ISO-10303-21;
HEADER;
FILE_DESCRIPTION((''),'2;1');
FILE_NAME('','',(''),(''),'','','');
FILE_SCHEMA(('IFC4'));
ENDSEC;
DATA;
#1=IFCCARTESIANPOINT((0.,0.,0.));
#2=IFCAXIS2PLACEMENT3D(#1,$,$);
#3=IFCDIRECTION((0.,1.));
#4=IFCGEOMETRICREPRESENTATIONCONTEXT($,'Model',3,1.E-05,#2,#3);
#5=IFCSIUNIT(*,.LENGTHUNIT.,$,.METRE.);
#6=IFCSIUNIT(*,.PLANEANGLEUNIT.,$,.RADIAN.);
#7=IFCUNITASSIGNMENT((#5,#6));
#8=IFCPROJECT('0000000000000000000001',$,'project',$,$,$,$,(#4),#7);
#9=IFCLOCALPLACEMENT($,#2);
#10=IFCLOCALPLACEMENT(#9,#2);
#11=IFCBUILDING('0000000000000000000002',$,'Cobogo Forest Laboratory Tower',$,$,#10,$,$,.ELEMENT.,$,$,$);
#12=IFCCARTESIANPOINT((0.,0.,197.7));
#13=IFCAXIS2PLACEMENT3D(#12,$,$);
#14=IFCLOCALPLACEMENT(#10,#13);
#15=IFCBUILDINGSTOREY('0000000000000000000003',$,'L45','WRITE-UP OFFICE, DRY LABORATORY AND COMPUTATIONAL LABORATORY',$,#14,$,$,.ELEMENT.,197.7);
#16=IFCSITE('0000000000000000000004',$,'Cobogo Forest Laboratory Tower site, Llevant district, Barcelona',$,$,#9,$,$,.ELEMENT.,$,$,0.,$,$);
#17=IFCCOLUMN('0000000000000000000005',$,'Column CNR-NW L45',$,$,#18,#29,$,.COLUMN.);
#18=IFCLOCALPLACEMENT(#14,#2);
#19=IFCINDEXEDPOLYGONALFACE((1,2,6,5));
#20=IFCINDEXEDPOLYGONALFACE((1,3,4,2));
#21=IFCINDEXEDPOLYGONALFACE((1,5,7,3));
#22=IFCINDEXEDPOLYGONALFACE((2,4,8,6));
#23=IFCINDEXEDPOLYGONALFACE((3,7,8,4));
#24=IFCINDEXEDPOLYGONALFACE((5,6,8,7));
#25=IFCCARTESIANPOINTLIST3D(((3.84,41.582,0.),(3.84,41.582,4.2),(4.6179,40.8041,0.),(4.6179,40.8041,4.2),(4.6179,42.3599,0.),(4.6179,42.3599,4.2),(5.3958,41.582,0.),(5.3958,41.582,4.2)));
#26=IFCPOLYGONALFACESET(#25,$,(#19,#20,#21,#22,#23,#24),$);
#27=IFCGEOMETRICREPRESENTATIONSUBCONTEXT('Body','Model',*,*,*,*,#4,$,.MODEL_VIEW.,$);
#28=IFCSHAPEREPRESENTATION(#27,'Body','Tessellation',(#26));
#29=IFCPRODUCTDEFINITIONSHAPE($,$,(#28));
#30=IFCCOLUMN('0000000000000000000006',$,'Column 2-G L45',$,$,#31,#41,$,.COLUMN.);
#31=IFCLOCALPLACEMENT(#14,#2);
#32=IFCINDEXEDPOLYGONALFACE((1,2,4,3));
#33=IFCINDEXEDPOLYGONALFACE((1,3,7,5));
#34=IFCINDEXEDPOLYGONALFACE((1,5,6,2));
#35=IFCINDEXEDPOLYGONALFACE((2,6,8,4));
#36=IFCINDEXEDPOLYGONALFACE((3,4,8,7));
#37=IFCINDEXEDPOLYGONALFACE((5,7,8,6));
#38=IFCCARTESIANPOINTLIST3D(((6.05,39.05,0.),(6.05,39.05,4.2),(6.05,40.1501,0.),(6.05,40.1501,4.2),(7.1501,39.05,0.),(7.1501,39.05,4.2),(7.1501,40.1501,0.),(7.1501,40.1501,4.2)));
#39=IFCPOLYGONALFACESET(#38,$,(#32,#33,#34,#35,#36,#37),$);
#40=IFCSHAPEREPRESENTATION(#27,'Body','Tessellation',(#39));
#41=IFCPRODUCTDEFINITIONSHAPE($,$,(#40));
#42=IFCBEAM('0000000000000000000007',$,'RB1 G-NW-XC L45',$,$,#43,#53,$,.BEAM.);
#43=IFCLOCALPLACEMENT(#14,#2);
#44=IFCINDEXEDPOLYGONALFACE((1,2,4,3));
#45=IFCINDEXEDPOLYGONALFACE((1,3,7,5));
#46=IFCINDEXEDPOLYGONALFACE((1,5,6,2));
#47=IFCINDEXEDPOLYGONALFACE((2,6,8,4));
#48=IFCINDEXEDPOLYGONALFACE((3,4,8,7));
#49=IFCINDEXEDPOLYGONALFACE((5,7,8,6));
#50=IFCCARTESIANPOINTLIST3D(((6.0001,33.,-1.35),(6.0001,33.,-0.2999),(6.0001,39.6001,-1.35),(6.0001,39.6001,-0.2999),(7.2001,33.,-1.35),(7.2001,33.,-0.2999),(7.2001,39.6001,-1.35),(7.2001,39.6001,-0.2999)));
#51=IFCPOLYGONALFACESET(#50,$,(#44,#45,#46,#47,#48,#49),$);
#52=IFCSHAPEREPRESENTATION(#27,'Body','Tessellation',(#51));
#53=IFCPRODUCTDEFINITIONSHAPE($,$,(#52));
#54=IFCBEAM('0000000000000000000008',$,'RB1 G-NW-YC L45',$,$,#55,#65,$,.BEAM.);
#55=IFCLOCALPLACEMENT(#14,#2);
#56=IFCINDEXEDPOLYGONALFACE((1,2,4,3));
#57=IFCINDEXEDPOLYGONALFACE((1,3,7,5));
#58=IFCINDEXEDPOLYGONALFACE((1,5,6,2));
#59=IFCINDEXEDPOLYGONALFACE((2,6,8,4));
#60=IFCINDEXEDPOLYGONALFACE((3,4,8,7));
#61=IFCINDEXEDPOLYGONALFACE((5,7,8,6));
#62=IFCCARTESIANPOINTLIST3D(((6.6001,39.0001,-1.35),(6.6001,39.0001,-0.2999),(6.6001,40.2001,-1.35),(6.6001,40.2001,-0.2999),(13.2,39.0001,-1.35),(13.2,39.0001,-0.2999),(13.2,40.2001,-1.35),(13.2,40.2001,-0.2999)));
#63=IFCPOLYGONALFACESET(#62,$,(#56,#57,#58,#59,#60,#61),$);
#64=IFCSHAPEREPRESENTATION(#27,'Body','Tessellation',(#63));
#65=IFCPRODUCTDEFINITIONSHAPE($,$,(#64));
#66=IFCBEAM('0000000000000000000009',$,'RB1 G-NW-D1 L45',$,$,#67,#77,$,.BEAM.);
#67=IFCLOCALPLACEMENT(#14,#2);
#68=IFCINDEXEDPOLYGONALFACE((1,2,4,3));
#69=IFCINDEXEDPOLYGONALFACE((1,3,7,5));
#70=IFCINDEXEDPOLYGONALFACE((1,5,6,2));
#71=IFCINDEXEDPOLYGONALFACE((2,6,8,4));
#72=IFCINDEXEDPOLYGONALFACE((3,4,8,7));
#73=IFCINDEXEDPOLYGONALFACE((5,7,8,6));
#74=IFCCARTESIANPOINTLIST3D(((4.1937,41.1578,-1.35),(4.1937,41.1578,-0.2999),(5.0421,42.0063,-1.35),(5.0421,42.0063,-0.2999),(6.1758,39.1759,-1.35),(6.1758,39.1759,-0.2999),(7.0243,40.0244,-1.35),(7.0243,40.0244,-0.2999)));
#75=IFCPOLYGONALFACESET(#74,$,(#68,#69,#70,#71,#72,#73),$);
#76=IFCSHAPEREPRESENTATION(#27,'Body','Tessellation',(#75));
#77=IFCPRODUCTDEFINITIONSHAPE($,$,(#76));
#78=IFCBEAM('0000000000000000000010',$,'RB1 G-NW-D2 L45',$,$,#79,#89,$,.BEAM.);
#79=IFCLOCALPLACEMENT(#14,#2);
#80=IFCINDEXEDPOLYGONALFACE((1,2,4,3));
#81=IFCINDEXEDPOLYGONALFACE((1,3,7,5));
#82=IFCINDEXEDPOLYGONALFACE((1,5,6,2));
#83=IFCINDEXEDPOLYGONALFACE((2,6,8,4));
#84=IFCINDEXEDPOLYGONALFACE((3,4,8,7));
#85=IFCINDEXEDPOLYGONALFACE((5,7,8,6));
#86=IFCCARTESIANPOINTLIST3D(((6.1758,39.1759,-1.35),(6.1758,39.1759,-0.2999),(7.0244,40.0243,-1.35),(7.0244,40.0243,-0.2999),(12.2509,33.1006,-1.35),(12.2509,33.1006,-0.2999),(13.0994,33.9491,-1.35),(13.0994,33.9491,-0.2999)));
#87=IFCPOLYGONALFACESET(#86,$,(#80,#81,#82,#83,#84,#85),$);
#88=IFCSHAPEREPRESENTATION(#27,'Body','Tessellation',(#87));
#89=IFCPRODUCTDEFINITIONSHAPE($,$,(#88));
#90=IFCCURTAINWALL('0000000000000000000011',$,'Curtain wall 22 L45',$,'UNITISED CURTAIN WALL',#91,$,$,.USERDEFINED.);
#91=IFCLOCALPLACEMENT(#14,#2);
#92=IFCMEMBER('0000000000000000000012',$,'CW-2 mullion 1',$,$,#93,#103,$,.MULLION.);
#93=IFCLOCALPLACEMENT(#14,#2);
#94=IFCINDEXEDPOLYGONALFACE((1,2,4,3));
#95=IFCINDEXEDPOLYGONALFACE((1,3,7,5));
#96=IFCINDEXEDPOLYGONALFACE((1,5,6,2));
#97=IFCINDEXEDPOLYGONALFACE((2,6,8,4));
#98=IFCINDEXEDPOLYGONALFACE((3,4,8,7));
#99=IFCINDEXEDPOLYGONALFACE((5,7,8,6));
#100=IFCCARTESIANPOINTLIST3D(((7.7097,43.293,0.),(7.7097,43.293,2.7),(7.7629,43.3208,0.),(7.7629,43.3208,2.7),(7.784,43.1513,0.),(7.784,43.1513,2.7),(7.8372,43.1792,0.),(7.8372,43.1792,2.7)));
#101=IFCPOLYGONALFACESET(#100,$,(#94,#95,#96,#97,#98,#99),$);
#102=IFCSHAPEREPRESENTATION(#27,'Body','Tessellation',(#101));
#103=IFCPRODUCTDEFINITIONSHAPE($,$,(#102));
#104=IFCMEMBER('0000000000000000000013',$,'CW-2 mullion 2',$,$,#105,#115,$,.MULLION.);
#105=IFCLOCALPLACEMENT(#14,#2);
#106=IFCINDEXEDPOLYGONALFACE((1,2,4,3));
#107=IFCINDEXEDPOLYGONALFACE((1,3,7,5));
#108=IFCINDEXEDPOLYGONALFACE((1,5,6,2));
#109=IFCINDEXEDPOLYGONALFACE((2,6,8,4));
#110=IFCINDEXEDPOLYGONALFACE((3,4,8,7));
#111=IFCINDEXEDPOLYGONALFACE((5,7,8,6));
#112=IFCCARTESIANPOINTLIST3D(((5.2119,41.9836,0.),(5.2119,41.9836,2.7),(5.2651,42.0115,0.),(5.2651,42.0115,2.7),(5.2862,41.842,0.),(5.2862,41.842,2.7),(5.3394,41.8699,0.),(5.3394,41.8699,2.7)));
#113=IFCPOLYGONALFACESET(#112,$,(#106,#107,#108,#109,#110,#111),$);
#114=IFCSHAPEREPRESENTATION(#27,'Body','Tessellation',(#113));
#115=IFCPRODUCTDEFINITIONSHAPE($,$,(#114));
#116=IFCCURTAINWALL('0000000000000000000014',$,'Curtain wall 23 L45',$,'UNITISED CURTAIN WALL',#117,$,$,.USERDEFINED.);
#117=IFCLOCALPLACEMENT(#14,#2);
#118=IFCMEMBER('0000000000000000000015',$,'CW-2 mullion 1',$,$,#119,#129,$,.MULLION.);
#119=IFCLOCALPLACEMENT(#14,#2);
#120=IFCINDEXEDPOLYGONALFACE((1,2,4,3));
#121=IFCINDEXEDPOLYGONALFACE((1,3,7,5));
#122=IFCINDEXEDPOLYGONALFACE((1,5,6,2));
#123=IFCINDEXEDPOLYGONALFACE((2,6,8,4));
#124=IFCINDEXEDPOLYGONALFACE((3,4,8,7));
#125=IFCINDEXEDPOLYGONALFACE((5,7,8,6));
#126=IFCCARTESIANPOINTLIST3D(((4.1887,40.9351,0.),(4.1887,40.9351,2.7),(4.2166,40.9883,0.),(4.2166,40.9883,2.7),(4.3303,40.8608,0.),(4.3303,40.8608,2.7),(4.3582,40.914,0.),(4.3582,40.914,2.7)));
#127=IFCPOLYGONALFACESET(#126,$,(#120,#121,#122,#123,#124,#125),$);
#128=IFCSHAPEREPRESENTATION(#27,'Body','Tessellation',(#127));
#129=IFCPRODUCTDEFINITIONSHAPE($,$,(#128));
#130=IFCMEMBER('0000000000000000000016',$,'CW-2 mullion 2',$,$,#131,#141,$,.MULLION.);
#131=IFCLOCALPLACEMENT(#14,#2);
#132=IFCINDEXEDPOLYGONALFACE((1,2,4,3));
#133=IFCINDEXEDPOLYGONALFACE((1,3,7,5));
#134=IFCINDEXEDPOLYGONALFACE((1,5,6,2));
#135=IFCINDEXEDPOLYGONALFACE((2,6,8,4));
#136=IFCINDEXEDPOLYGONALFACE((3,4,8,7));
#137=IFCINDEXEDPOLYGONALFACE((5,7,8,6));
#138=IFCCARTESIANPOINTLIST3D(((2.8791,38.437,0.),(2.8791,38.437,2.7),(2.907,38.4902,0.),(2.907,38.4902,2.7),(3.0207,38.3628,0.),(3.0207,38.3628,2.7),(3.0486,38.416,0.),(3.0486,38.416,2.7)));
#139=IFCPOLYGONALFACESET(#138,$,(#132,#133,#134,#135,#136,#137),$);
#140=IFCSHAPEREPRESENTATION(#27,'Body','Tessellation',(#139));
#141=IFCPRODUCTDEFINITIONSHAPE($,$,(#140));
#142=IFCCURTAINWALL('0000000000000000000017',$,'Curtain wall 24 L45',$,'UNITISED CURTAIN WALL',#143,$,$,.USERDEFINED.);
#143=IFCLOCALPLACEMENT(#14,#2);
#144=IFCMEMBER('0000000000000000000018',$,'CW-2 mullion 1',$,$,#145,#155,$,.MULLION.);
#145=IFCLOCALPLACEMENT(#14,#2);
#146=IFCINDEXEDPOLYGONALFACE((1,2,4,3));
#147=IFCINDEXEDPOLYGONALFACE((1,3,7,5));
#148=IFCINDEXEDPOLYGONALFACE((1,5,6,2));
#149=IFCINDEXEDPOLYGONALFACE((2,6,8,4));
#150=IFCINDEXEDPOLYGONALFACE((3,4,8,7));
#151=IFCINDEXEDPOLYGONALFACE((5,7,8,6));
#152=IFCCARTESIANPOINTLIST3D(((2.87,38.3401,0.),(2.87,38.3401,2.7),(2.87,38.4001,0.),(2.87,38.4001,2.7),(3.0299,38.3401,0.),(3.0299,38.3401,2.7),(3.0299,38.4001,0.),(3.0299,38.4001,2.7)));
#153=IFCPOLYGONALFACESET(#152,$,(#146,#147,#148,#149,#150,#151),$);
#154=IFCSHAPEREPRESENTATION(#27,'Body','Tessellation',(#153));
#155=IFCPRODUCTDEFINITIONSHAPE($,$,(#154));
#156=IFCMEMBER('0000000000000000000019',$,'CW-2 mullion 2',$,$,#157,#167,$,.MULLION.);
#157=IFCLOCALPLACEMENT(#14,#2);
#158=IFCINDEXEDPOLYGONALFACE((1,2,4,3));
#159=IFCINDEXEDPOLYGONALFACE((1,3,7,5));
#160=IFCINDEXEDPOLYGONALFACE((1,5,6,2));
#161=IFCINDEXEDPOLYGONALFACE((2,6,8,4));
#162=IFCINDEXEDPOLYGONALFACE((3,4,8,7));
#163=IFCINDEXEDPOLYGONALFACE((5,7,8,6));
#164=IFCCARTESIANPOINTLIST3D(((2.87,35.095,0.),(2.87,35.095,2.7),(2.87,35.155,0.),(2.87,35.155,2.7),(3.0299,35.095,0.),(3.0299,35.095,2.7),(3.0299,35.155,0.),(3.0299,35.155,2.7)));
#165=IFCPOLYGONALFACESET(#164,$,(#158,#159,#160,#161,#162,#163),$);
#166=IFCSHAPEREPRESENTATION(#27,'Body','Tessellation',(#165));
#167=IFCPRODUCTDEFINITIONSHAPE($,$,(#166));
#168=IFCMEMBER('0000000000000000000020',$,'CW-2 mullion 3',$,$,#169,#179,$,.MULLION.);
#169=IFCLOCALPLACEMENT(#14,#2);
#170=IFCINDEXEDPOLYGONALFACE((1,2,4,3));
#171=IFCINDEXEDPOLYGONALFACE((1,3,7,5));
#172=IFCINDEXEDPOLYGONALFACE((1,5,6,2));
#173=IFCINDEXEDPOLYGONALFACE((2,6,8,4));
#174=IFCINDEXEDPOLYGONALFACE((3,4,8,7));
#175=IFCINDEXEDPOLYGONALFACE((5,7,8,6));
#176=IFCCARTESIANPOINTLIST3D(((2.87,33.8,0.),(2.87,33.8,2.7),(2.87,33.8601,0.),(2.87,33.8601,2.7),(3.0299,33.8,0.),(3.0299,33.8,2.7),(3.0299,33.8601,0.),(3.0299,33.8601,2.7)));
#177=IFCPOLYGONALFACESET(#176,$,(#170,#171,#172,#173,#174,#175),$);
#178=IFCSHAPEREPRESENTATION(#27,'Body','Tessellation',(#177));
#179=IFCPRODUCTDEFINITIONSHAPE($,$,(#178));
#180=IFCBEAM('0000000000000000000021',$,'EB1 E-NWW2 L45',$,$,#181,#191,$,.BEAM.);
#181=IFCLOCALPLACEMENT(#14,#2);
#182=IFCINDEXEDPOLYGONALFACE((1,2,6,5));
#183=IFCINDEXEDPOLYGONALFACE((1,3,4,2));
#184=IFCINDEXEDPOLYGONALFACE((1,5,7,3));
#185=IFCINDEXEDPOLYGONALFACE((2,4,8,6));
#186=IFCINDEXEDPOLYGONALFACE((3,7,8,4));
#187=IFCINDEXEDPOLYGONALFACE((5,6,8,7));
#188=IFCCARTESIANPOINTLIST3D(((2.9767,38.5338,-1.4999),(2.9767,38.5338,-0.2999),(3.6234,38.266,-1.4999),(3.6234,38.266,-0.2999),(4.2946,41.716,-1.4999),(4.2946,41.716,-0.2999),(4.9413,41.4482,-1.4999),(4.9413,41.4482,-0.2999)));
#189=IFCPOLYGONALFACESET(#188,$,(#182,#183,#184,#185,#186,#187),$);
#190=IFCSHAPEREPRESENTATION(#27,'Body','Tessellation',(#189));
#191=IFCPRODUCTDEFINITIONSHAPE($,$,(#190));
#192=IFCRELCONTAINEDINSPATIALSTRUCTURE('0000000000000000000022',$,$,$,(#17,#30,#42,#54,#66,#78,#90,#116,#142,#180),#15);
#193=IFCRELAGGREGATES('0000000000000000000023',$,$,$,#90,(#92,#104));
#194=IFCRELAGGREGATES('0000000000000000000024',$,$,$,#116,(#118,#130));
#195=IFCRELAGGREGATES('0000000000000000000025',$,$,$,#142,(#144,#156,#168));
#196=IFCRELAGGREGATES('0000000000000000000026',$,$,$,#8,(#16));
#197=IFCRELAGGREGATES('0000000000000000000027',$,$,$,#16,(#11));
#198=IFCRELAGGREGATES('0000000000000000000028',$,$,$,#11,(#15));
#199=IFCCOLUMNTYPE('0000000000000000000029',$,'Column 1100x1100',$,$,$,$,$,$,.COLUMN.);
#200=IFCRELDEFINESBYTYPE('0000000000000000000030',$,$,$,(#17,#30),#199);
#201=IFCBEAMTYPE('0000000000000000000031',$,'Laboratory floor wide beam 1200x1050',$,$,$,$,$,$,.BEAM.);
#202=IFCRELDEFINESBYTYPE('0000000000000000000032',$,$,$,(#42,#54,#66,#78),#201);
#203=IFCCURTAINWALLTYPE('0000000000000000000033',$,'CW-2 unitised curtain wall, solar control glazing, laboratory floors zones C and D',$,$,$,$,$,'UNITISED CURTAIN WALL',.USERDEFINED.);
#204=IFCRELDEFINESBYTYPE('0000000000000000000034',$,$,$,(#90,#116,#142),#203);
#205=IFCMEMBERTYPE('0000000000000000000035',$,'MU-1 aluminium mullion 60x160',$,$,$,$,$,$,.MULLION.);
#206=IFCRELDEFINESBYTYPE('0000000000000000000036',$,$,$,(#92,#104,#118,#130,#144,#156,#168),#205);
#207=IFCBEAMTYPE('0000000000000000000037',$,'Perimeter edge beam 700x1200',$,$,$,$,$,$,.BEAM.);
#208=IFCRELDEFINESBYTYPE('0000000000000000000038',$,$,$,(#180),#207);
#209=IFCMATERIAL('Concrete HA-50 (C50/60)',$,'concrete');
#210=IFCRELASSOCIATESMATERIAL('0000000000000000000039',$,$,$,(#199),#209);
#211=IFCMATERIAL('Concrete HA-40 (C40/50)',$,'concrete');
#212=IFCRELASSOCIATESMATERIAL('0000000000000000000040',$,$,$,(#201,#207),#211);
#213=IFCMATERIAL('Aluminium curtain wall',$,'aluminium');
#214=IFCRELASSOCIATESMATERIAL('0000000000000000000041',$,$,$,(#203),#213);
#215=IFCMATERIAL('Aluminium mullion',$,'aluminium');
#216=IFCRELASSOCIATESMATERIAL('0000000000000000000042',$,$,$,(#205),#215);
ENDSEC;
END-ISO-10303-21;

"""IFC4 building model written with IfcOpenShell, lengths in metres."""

from ifc_helpers import new_model, si_unit, direction, frame, origin, origin_2d, place, context, subcontext, project, spatial, rectangle, extrude, material, material_profile, profile_set, type_object, element, aggregate, save


model = new_model("IFC4")

# Units and contexts
model_context = context("Model", 3, precision=1e-05, world=origin(), true_north=direction((0.0, 1.0)))
body_context = subcontext(model_context, "Body", "Model", "MODEL_VIEW")
ifc_project = project(units=[si_unit("LENGTHUNIT", "METRE"), si_unit("PLANEANGLEUNIT", "RADIAN")], contexts=[model_context])

# Site, building, storey
site_placement = place(None, origin())
site = spatial("IfcSite", under=ifc_project, at=site_placement, Name="Cobogo Forest Laboratory Tower site, Llevant district, Barcelona", CompositionType="ELEMENT", RefElevation=0.0)
building_placement = place(site_placement, origin())
building = spatial("IfcBuilding", under=site, at=building_placement, Name="Cobogo Forest Laboratory Tower", CompositionType="ELEMENT")
storey_placement = place(building_placement, frame((0.0, 0.0, 197.7)))
storey = spatial("IfcBuildingStorey", under=building, at=storey_placement, Name="L45", Description="WRITE-UP OFFICE, DRY LABORATORY AND COMPUTATIONAL LABORATORY", CompositionType="ELEMENT", Elevation=197.7)

# Columns
ifc_material_1 = material(Name="Concrete HA-50 (C50/60)", Category="concrete")
ifc_material_profile_1 = material_profile(ifc_material_1, rectangle(XDim=1.1001, YDim=1.1001, at=origin_2d()), Name="RC 1100x1100")
ifc_profile_set_1 = profile_set([ifc_material_profile_1], Name="Concrete HA-50 (C50/60)")
column_type = type_object("IfcColumnType", Name="Column 1100x1100", PredefinedType="COLUMN", material=ifc_profile_set_1)
for number, where, z_axis, x_axis, name in (
    (1, (4.6179, 41.582, 0.0), (0.0, 0.0, 1.0), (0.707107, 0.707107, 0.0), "Column CNR-NW L45"),
    (2, (6.6001, 39.6001, 0.0), (0.0, 0.0, 1.0), (1.0, 0.0, 0.0), "Column 2-G L45"),
):
    element("IfcColumn", number, at=place(storey_placement, frame(where, z_axis=z_axis, x_axis=x_axis)), inside=storey, type_object=column_type, Name=name, PredefinedType="COLUMN", context=body_context, shape_type="SweptSolid", body=[
        extrude(rectangle(XDim=1.1001, YDim=1.1001, at=origin_2d()), origin(), (0.0, 0.0, 1.0), 4.2),
    ])

# Beams
ifc_material_2 = material(Name="Concrete HA-40 (C40/50)", Category="concrete")
ifc_material_profile_2 = material_profile(ifc_material_2, rectangle(XDim=1.2, YDim=1.05, at=origin_2d()), Name="RC 1200x1050")
ifc_profile_set_2 = profile_set([ifc_material_profile_2], Name="Concrete HA-40 (C40/50)")
beam_type_1 = type_object("IfcBeamType", Name="Laboratory floor wide beam 1200x1050", PredefinedType="BEAM", material=ifc_profile_set_2)
beam_1_placement = place(storey_placement, frame((6.6001, 39.6001, -0.825), z_axis=(0.0, -1.0, 0.0), x_axis=(1.0, 0.0, 0.0)))
element("IfcBeam", 3, at=beam_1_placement, inside=storey, type_object=beam_type_1, Name="RB1 G-NW-XC L45", PredefinedType="BEAM", context=body_context, shape_type="SweptSolid", body=[
    extrude(rectangle(XDim=1.2, YDim=1.05, at=origin_2d()), origin(), (0.0, 0.0, 1.0), 6.6001),
])
beam_2_placement = place(storey_placement, frame((6.6001, 39.6001, -0.825), z_axis=(1.0, 0.0, 0.0), x_axis=(0.0, 1.0, 0.0)))
element("IfcBeam", 4, at=beam_2_placement, inside=storey, type_object=beam_type_1, Name="RB1 G-NW-YC L45", PredefinedType="BEAM", context=body_context, shape_type="SweptSolid", body=[
    extrude(rectangle(XDim=1.2, YDim=1.05, at=origin_2d()), origin(), (0.0, 0.0, 1.0), 6.5999),
])
beam_3_placement = place(storey_placement, frame((4.6179, 41.582, -0.825), z_axis=(0.70715, -0.707063, 0.0), x_axis=(0.707063, 0.70715, 0.0)))
element("IfcBeam", 5, at=beam_3_placement, inside=storey, type_object=beam_type_1, Name="RB1 G-NW-D1 L45", PredefinedType="BEAM", context=body_context, shape_type="SweptSolid", body=[
    extrude(rectangle(XDim=1.2, YDim=1.05, at=origin_2d()), origin(), (0.0, 0.0, 1.0), 2.803),
])
beam_4_placement = place(storey_placement, frame((6.6001, 39.6001, -0.825), z_axis=(0.707093, -0.707121, 0.0), x_axis=(0.707121, 0.707093, 0.0)))
element("IfcBeam", 6, at=beam_4_placement, inside=storey, type_object=beam_type_1, Name="RB1 G-NW-D2 L45", PredefinedType="BEAM", context=body_context, shape_type="SweptSolid", body=[
    extrude(rectangle(XDim=1.2, YDim=1.05, at=origin_2d()), origin(), (0.0, 0.0, 1.0), 8.5916),
])

# Curtain walls, members
ifc_material_3 = material(Name="Aluminium curtain wall", Category="aluminium")
curtain_wall_type = type_object("IfcCurtainWallType", Name="CW-2 unitised curtain wall, solar control glazing, laboratory floors zones C and D", ElementType="UNITISED CURTAIN WALL", PredefinedType="USERDEFINED", material=ifc_material_3)
curtain_wall_1_placement = place(storey_placement, origin())
curtain_wall_1 = element("IfcCurtainWall", 7, at=curtain_wall_1_placement, inside=storey, type_object=curtain_wall_type, Name="Curtain wall 22 L45", ObjectType="UNITISED CURTAIN WALL", PredefinedType="USERDEFINED")
ifc_material_4 = material(Name="Aluminium mullion", Category="aluminium")
ifc_material_profile_3 = material_profile(ifc_material_4, rectangle(XDim=0.0601, YDim=0.1599, at=origin_2d()), Name="AL 60x160")
ifc_profile_set_3 = profile_set([ifc_material_profile_3], Name="Aluminium mullion")
member_type_1 = type_object("IfcMemberType", Name="MU-1 aluminium mullion 60x160", PredefinedType="MULLION", material=ifc_profile_set_3)
member_1_placement = place(storey_placement, frame((7.7734, 43.2361, 0.0), z_axis=(0.0, 0.0, 1.0), x_axis=(-0.885686, -0.464284, 0.0)))
member_1 = element("IfcMember", 8, at=member_1_placement, type_object=member_type_1, Name="CW-2 mullion 1", PredefinedType="MULLION", context=body_context, shape_type="SweptSolid", body=[
    extrude(rectangle(XDim=0.0601, YDim=0.1599, at=origin_2d()), origin(), (0.0, 0.0, 1.0), 2.7),
])
member_2_placement = place(storey_placement, frame((5.2756, 41.9268, 0.0), z_axis=(0.0, 0.0, 1.0), x_axis=(-0.885686, -0.464284, 0.0)))
member_2 = element("IfcMember", 9, at=member_2_placement, type_object=member_type_1, Name="CW-2 mullion 2", PredefinedType="MULLION", context=body_context, shape_type="SweptSolid", body=[
    extrude(rectangle(XDim=0.0601, YDim=0.1599, at=origin_2d()), origin(), (0.0, 0.0, 1.0), 2.7),
])
curtain_wall_2_placement = place(storey_placement, origin())
curtain_wall_2 = element("IfcCurtainWall", 10, at=curtain_wall_2_placement, inside=storey, type_object=curtain_wall_type, Name="Curtain wall 23 L45", ObjectType="UNITISED CURTAIN WALL", PredefinedType="USERDEFINED")
member_3_placement = place(storey_placement, frame((4.2734, 40.9246, 0.0), z_axis=(0.0, 0.0, 1.0), x_axis=(-0.464284, -0.885686, 0.0)))
member_3 = element("IfcMember", 11, at=member_3_placement, type_object=member_type_1, Name="CW-2 mullion 1", PredefinedType="MULLION", context=body_context, shape_type="SweptSolid", body=[
    extrude(rectangle(XDim=0.0601, YDim=0.1599, at=origin_2d()), origin(), (0.0, 0.0, 1.0), 2.7),
])
member_4_placement = place(storey_placement, frame((2.9639, 38.4265, 0.0), z_axis=(0.0, 0.0, 1.0), x_axis=(-0.464284, -0.885686, 0.0)))
member_4 = element("IfcMember", 12, at=member_4_placement, type_object=member_type_1, Name="CW-2 mullion 2", PredefinedType="MULLION", context=body_context, shape_type="SweptSolid", body=[
    extrude(rectangle(XDim=0.0601, YDim=0.1599, at=origin_2d()), origin(), (0.0, 0.0, 1.0), 2.7),
])
curtain_wall_3_placement = place(storey_placement, origin())
curtain_wall_3 = element("IfcCurtainWall", 13, at=curtain_wall_3_placement, inside=storey, type_object=curtain_wall_type, Name="Curtain wall 24 L45", ObjectType="UNITISED CURTAIN WALL", PredefinedType="USERDEFINED")
member_5_placement = place(storey_placement, frame((2.95, 38.3701, 0.0), z_axis=(0.0, 0.0, 1.0), x_axis=(0.0, -1.0, 0.0)))
member_5 = element("IfcMember", 14, at=member_5_placement, type_object=member_type_1, Name="CW-2 mullion 1", PredefinedType="MULLION", context=body_context, shape_type="SweptSolid", body=[
    extrude(rectangle(XDim=0.0601, YDim=0.1599, at=origin_2d()), origin(), (0.0, 0.0, 1.0), 2.7),
])
member_6_placement = place(storey_placement, frame((2.95, 35.125, 0.0), z_axis=(0.0, 0.0, 1.0), x_axis=(0.0, -1.0, 0.0)))
member_6 = element("IfcMember", 15, at=member_6_placement, type_object=member_type_1, Name="CW-2 mullion 2", PredefinedType="MULLION", context=body_context, shape_type="SweptSolid", body=[
    extrude(rectangle(XDim=0.0601, YDim=0.1599, at=origin_2d()), origin(), (0.0, 0.0, 1.0), 2.7),
])
member_7_placement = place(storey_placement, frame((2.95, 33.8301, 0.0), z_axis=(0.0, 0.0, 1.0), x_axis=(0.0, -1.0, 0.0)))
member_7 = element("IfcMember", 16, at=member_7_placement, type_object=member_type_1, Name="CW-2 mullion 3", PredefinedType="MULLION", context=body_context, shape_type="SweptSolid", body=[
    extrude(rectangle(XDim=0.0601, YDim=0.1599, at=origin_2d()), origin(), (0.0, 0.0, 1.0), 2.7),
])

# Beam
ifc_material_profile_4 = material_profile(ifc_material_2, rectangle(XDim=0.7, YDim=1.2, at=origin_2d()), Name="RC 700x1200")
ifc_profile_set_4 = profile_set([ifc_material_profile_4], Name="Concrete HA-40 (C40/50)")
beam_type_2 = type_object("IfcBeamType", Name="Perimeter edge beam 700x1200", PredefinedType="BEAM", material=ifc_profile_set_4)
beam_5_placement = place(storey_placement, frame((3.3, 38.3999, -0.8999), z_axis=(0.382631, 0.923901, 0.0), x_axis=(-0.923901, 0.382631, 0.0)))
element("IfcBeam", 17, at=beam_5_placement, inside=storey, type_object=beam_type_2, Name="EB1 E-NWW2 L45", PredefinedType="BEAM", context=body_context, shape_type="SweptSolid", body=[
    extrude(rectangle(XDim=0.7, YDim=1.2, at=origin_2d()), origin(), (0.0, 0.0, 1.0), 3.4443),
])

aggregate(curtain_wall_1, [member_1, member_2])
aggregate(curtain_wall_2, [member_3, member_4])
aggregate(curtain_wall_3, [member_5, member_6, member_7])

save(model, "model.ifc")
